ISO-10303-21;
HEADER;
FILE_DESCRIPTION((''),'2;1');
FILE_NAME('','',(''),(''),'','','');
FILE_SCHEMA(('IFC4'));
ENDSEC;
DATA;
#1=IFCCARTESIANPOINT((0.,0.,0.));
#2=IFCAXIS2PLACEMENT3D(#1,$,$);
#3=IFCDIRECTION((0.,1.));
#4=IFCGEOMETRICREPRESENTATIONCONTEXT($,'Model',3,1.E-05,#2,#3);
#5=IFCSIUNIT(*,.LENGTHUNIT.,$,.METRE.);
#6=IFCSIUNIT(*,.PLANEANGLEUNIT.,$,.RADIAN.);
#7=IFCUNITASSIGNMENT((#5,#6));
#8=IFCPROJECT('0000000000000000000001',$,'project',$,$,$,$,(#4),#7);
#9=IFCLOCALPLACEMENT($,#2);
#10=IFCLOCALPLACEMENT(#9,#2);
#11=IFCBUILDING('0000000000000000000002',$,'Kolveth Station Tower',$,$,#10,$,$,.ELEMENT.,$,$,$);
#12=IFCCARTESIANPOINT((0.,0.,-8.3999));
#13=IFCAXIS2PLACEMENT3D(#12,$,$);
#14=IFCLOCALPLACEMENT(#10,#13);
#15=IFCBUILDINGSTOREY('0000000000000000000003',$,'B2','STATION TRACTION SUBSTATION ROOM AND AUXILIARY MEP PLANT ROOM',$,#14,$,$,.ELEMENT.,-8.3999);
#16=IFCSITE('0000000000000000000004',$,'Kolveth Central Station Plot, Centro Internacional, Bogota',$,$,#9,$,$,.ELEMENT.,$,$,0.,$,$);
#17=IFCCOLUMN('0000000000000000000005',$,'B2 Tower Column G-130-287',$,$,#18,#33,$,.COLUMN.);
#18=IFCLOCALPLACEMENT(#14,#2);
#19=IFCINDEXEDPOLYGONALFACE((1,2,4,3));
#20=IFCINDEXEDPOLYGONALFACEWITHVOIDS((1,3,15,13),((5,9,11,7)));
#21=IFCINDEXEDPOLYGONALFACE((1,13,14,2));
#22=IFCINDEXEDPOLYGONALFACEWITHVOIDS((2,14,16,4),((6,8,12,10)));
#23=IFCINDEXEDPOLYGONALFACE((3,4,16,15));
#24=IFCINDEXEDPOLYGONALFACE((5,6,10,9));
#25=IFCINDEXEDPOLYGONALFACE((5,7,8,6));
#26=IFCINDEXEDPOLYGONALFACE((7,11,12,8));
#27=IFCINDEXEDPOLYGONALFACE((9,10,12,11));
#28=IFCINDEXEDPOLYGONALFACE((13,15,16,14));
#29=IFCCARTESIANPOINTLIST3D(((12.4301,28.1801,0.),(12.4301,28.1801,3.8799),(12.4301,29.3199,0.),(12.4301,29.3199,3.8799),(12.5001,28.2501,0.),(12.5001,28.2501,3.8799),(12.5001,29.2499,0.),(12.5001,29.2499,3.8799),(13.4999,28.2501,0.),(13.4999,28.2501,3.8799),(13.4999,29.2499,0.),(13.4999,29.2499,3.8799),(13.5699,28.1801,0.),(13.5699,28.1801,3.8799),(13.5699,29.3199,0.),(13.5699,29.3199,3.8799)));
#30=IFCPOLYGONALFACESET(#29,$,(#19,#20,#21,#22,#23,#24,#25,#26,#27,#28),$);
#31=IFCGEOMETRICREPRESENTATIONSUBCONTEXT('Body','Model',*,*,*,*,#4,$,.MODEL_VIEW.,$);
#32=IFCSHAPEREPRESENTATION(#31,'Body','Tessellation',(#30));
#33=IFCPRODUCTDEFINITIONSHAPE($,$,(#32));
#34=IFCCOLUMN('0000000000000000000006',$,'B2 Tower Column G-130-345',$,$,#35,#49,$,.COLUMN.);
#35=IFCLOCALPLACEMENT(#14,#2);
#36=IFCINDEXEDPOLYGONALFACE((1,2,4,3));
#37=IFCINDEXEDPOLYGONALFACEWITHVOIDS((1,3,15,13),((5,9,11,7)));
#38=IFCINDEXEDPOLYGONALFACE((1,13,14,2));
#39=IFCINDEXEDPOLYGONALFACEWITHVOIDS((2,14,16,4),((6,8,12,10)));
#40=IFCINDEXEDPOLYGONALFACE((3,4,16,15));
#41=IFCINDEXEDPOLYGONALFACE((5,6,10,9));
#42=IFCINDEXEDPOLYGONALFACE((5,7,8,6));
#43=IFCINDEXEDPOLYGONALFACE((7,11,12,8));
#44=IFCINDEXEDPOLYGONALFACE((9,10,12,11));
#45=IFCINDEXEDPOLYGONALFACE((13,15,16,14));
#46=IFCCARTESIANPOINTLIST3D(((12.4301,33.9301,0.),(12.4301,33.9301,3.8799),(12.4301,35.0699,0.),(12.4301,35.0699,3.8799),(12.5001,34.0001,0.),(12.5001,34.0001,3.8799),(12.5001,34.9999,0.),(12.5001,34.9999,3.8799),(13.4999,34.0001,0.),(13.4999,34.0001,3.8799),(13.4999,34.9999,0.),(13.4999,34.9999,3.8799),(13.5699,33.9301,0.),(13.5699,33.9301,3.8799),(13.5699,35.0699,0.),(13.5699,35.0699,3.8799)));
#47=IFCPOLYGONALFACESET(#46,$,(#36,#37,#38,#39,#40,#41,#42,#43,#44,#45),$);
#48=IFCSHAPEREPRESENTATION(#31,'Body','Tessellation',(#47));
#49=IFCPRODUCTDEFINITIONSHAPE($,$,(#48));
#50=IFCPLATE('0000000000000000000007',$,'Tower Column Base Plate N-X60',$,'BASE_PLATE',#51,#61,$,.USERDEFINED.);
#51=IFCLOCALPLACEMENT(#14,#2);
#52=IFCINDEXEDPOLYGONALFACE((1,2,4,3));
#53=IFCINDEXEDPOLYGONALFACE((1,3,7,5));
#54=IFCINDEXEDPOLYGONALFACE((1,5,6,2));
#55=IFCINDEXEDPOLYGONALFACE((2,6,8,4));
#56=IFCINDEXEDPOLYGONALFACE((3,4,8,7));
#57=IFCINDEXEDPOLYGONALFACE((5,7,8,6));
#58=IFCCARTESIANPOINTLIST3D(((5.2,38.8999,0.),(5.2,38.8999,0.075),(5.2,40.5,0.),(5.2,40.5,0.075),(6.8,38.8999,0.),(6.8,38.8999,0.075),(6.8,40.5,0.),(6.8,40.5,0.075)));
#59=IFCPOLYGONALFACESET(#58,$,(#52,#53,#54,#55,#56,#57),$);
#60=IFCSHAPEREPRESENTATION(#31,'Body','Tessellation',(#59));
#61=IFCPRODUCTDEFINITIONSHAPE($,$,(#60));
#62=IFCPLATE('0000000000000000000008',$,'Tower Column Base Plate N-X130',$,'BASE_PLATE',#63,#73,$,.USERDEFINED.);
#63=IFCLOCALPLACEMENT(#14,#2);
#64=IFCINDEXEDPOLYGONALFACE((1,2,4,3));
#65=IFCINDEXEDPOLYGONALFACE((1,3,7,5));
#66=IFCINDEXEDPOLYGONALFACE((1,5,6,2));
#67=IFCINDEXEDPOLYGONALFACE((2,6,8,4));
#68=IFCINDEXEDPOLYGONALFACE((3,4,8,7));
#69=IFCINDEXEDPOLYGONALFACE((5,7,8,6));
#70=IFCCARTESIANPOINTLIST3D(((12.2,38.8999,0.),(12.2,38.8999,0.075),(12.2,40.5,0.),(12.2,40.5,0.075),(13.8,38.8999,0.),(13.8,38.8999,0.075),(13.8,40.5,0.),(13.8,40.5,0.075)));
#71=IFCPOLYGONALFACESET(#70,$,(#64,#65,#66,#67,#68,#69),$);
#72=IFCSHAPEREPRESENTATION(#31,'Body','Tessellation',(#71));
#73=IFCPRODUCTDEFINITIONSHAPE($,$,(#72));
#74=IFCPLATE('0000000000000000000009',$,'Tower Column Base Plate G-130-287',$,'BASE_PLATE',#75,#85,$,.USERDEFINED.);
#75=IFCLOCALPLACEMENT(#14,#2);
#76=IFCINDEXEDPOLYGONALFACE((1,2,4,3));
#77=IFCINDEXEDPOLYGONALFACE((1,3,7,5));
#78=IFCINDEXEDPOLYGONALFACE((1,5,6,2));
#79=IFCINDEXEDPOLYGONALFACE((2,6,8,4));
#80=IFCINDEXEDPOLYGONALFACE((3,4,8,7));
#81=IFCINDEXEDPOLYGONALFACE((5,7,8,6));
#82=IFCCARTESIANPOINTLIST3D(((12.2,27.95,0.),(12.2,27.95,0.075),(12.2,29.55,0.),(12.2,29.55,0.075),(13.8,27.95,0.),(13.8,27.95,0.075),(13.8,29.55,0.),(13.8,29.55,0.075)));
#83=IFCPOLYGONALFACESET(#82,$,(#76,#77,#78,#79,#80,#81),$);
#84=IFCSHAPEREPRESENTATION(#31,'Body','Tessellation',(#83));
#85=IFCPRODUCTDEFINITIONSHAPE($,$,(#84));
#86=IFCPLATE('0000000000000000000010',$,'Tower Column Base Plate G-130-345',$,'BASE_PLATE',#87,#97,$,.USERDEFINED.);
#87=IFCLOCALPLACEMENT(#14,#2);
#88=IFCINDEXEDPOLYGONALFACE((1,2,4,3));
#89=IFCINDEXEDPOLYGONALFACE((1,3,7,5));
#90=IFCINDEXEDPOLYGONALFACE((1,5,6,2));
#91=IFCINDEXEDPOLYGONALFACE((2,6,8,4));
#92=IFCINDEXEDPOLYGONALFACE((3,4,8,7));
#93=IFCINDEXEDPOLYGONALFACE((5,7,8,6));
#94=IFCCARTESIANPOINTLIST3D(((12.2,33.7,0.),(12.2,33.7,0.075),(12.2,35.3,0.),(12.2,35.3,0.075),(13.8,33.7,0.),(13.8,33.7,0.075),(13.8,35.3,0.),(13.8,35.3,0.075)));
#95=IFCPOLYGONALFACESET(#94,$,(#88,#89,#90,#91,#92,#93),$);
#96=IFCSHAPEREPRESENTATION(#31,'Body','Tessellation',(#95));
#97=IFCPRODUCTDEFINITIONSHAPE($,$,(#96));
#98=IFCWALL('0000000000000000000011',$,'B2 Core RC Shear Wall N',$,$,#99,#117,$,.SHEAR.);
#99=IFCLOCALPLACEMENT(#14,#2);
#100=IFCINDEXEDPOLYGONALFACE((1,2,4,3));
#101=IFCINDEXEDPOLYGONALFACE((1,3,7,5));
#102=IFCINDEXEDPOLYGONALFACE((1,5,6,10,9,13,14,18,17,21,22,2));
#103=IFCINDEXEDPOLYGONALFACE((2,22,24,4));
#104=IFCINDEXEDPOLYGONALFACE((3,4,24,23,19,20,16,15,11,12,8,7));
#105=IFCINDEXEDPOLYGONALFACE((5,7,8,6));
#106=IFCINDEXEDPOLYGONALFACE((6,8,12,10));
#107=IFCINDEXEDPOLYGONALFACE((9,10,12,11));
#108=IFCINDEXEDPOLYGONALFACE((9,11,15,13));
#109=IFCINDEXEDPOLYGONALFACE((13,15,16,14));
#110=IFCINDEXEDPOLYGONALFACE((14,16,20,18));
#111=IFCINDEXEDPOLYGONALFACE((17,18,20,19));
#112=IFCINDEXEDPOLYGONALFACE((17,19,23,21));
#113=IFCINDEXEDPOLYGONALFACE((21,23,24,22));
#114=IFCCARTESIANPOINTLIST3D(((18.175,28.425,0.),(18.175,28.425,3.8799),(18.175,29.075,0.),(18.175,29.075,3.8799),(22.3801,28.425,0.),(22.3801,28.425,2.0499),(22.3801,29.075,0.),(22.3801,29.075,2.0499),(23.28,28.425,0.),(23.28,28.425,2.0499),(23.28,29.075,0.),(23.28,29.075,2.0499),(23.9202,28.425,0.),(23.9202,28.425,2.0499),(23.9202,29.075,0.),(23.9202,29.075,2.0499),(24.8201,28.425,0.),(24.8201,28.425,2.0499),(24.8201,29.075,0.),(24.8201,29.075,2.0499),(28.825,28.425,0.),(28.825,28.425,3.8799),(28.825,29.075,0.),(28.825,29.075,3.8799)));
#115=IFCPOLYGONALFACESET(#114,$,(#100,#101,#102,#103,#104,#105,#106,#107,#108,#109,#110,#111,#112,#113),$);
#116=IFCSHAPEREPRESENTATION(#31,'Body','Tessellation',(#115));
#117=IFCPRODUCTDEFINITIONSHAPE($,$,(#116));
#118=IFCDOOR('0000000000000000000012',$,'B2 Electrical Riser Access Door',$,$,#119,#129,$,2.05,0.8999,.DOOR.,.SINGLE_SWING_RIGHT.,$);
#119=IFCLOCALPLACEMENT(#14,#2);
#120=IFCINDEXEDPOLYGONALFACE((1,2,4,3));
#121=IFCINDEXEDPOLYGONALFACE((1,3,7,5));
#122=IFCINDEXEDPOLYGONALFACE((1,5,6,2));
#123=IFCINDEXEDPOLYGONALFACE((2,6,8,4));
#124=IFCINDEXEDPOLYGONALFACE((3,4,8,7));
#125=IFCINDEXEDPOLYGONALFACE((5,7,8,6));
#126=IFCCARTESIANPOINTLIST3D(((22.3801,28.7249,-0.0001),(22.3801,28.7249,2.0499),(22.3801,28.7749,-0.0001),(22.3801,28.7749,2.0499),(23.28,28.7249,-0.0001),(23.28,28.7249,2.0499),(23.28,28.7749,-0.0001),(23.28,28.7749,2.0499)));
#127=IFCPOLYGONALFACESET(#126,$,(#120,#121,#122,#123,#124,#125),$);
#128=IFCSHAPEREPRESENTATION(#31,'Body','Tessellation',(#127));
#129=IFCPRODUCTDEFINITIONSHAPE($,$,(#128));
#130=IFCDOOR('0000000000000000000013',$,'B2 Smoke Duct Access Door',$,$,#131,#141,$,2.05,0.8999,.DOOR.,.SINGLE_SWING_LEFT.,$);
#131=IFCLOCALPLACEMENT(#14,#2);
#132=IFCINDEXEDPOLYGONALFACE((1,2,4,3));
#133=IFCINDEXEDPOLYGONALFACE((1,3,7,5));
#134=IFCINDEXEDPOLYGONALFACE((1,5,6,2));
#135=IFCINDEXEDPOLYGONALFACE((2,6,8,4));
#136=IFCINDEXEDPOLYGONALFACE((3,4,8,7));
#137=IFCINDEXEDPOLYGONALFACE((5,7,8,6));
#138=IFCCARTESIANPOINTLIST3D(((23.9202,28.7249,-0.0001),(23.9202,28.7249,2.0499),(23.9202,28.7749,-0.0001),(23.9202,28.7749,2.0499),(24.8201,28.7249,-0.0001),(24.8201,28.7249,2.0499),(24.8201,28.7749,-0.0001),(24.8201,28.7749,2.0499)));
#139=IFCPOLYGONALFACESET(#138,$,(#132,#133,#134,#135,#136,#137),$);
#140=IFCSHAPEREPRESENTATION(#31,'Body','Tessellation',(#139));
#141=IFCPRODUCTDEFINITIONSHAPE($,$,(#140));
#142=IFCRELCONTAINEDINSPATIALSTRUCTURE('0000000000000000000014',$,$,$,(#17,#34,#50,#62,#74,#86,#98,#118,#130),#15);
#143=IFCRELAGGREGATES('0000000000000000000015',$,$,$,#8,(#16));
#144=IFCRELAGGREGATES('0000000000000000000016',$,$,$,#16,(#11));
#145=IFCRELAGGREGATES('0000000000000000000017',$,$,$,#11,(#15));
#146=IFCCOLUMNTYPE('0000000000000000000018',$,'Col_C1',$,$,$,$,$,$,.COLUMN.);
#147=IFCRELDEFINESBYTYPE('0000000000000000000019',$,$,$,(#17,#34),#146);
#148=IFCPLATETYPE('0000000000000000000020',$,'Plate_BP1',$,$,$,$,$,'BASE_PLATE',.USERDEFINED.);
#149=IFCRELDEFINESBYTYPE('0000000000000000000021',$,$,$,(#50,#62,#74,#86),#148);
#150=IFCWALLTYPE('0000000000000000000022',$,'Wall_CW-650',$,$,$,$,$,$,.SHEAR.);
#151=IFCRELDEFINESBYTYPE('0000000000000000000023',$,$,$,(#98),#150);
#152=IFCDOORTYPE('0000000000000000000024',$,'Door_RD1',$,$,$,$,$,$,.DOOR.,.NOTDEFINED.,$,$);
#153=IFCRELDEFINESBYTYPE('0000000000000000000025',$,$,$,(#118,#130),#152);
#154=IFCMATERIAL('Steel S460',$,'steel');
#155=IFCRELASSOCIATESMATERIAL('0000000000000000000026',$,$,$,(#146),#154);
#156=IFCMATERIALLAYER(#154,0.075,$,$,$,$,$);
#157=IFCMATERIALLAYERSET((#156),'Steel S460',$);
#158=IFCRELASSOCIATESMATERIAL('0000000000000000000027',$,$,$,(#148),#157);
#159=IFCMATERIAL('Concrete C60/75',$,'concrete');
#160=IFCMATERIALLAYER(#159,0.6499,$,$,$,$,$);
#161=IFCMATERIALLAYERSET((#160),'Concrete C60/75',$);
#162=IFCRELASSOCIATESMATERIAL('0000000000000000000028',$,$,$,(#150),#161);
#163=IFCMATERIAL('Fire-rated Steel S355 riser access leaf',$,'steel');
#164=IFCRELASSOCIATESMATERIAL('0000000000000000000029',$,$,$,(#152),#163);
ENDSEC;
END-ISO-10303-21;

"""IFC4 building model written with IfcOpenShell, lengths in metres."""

from ifc_helpers import new_model, si_unit, direction, frame, frame_2d, origin, origin_2d, place, context, subcontext, project, spatial, rectangle, hollow_rectangle, extrude, source, transform, mapped, material, layer, layer_set, material_profile, profile_set, type_object, element, fill, save


model = new_model("IFC4")

# Units and contexts
model_context = context("Model", 3, precision=1e-05, world=origin(), true_north=direction((0.0, 1.0)))
body_context = subcontext(model_context, "Body", "Model", "MODEL_VIEW")
ifc_project = project(units=[si_unit("LENGTHUNIT", "METRE"), si_unit("PLANEANGLEUNIT", "RADIAN")], contexts=[model_context])

# Site, building, storey
site_placement = place(None, origin())
site = spatial("IfcSite", under=ifc_project, at=site_placement, Name="Kolveth Central Station Plot, Centro Internacional, Bogota", CompositionType="ELEMENT", RefElevation=0.0)
building_placement = place(site_placement, origin())
building = spatial("IfcBuilding", under=site, at=building_placement, Name="Kolveth Station Tower", CompositionType="ELEMENT")
storey_placement = place(building_placement, frame((0.0, 0.0, -8.3999)))
storey = spatial("IfcBuildingStorey", under=building, at=storey_placement, Name="B2", Description="STATION TRACTION SUBSTATION ROOM AND AUXILIARY MEP PLANT ROOM", CompositionType="ELEMENT", Elevation=-8.3999)

# Columns
ifc_material_1 = material(Name="Steel S460", Category="steel")
ifc_material_profile_1 = material_profile(ifc_material_1, hollow_rectangle(XDim=1.1399, YDim=1.1399, WallThickness=0.0701, at=origin_2d()), Name="BOX1140x1140x70")
ifc_profile_set_1 = profile_set([ifc_material_profile_1], Name="Steel S460")
column_type = type_object("IfcColumnType", Name="Col_C1", PredefinedType="COLUMN", material=ifc_profile_set_1)
shared_shape_1 = source(origin(), body_context, "Body", "SweptSolid", [
    extrude(hollow_rectangle(XDim=1.1399, YDim=1.1399, WallThickness=0.0701, at=origin_2d()), origin(), (0.0, 0.0, 1.0), 3.8799),
])
for number, where, z_axis, x_axis, name in (
    (1, (13.0, 28.75, 0.0), (0.0, 0.0, 1.0), (1.0, 0.0, 0.0), "B2 Tower Column G-130-287"),
    (2, (13.0, 34.5, 0.0), (0.0, 0.0, 1.0), (1.0, 0.0, 0.0), "B2 Tower Column G-130-345"),
):
    element("IfcColumn", number, at=place(storey_placement, frame(where, z_axis=z_axis, x_axis=x_axis)), inside=storey, type_object=column_type, Name=name, PredefinedType="COLUMN", context=body_context, shape_type="MappedRepresentation", body=[
        mapped(shared_shape_1, transform((0.0, 0.0, 0.0), x_axis=(1.0, 0.0, 0.0), y_axis=(0.0, 1.0, 0.0), z_axis=(0.0, 0.0, 1.0), scale=1.0)),
    ])

# Plates
ifc_layer_1 = layer(ifc_material_1, 0.075)
ifc_layer_set_1 = layer_set([ifc_layer_1], Name="Steel S460")
plate_type = type_object("IfcPlateType", Name="Plate_BP1", ElementType="BASE_PLATE", PredefinedType="USERDEFINED", material=ifc_layer_set_1)
shared_shape_2 = source(origin(), body_context, "Body", "SweptSolid", [
    extrude(rectangle(XDim=1.6001, YDim=1.6001, at=origin_2d()), origin(), (0.0, 0.0, 1.0), 0.075),
])
for number, where, z_axis, x_axis, name in (
    (3, (6.0, 39.7, 0.0), (0.0, 0.0, 1.0), (1.0, 0.0, 0.0), "Tower Column Base Plate N-X60"),
    (4, (13.0, 39.7, 0.0), (0.0, 0.0, 1.0), (1.0, 0.0, 0.0), "Tower Column Base Plate N-X130"),
    (5, (13.0, 28.75, 0.0), (0.0, 0.0, 1.0), (1.0, 0.0, 0.0), "Tower Column Base Plate G-130-287"),
    (6, (13.0, 34.5, 0.0), (0.0, 0.0, 1.0), (1.0, 0.0, 0.0), "Tower Column Base Plate G-130-345"),
):
    element("IfcPlate", number, at=place(storey_placement, frame(where, z_axis=z_axis, x_axis=x_axis)), inside=storey, type_object=plate_type, Name=name, ObjectType="BASE_PLATE", PredefinedType="USERDEFINED", context=body_context, shape_type="MappedRepresentation", body=[
        mapped(shared_shape_2, transform((0.0, 0.0, 0.0), x_axis=(1.0, 0.0, 0.0), y_axis=(0.0, 1.0, 0.0), z_axis=(0.0, 0.0, 1.0), scale=1.0)),
    ])

# Wall, openings, doors
ifc_material_2 = material(Name="Concrete C60/75", Category="concrete")
ifc_layer_2 = layer(ifc_material_2, 0.6499)
ifc_layer_set_2 = layer_set([ifc_layer_2], Name="Concrete C60/75")
wall_type_1 = type_object("IfcWallType", Name="Wall_CW-650", PredefinedType="SHEAR", material=ifc_layer_set_2)
wall_1_placement = place(storey_placement, frame((18.175, 28.75, 0.0), z_axis=(0.0, 0.0, 1.0), x_axis=(1.0, 0.0, 0.0)))
wall_1 = element("IfcWall", 7, at=wall_1_placement, inside=storey, type_object=wall_type_1, Name="B2 Core RC Shear Wall N", PredefinedType="SHEAR", context=body_context, shape_type="SweptSolid", body=[
    extrude(rectangle(XDim=10.6499, YDim=0.6499, at=frame_2d((5.325, 0.0))), origin(), (0.0, 0.0, 1.0), 3.8799),
])
opening_1_placement = place(wall_1_placement, frame((4.2051, 0.0, 0.0)))
opening_1 = element("IfcOpeningElement", 8, at=opening_1_placement, cuts=wall_1, PredefinedType="OPENING", context=body_context, shape_type="SweptSolid", body=[
    extrude(rectangle(XDim=0.8999, YDim=2.05, at=frame_2d((0.45, 1.0249))), frame((0.0, 0.335, 0.0), z_axis=(0.0, -1.0, 0.0), x_axis=(1.0, 0.0, 0.0)), (0.0, 0.0, 1.0), 0.6699),
])
opening_2_placement = place(wall_1_placement, frame((5.7451, 0.0, 0.0)))
opening_2 = element("IfcOpeningElement", 9, at=opening_2_placement, cuts=wall_1, PredefinedType="OPENING", context=body_context, shape_type="SweptSolid", body=[
    extrude(rectangle(XDim=0.8999, YDim=2.05, at=frame_2d((0.45, 1.0249))), frame((0.0, 0.335, 0.0), z_axis=(0.0, -1.0, 0.0), x_axis=(1.0, 0.0, 0.0)), (0.0, 0.0, 1.0), 0.6699),
])
ifc_material_3 = material(Name="Fire-rated Steel S355 riser access leaf", Category="steel")
door_type_1 = type_object("IfcDoorType", Name="Door_RD1", OperationType="NOTDEFINED", PredefinedType="DOOR", material=ifc_material_3)
door_1_placement = place(opening_1_placement, origin())
door_1 = element("IfcDoor", 10, at=door_1_placement, inside=storey, type_object=door_type_1, Name="B2 Electrical Riser Access Door", OperationType="SINGLE_SWING_RIGHT", OverallHeight=2.05, OverallWidth=0.8999, PredefinedType="DOOR", context=body_context, shape_type="SweptSolid", body=[
    extrude(rectangle(XDim=0.8999, YDim=2.05, at=frame_2d((0.45, 1.0249))), frame((0.0, 0.0249, 0.0), z_axis=(0.0, -1.0, 0.0), x_axis=(1.0, 0.0, 0.0)), (0.0, 0.0, 1.0), 0.05),
])
fill(opening_1, door_1)
door_2_placement = place(opening_2_placement, origin())
door_2 = element("IfcDoor", 11, at=door_2_placement, inside=storey, type_object=door_type_1, Name="B2 Smoke Duct Access Door", OperationType="SINGLE_SWING_LEFT", OverallHeight=2.05, OverallWidth=0.8999, PredefinedType="DOOR", context=body_context, shape_type="SweptSolid", body=[
    extrude(rectangle(XDim=0.8999, YDim=2.05, at=frame_2d((0.45, 1.0249))), frame((0.0, 0.0249, 0.0), z_axis=(0.0, -1.0, 0.0), x_axis=(1.0, 0.0, 0.0)), (0.0, 0.0, 1.0), 0.05),
])
fill(opening_2, door_2)

save(model, "model.ifc")
